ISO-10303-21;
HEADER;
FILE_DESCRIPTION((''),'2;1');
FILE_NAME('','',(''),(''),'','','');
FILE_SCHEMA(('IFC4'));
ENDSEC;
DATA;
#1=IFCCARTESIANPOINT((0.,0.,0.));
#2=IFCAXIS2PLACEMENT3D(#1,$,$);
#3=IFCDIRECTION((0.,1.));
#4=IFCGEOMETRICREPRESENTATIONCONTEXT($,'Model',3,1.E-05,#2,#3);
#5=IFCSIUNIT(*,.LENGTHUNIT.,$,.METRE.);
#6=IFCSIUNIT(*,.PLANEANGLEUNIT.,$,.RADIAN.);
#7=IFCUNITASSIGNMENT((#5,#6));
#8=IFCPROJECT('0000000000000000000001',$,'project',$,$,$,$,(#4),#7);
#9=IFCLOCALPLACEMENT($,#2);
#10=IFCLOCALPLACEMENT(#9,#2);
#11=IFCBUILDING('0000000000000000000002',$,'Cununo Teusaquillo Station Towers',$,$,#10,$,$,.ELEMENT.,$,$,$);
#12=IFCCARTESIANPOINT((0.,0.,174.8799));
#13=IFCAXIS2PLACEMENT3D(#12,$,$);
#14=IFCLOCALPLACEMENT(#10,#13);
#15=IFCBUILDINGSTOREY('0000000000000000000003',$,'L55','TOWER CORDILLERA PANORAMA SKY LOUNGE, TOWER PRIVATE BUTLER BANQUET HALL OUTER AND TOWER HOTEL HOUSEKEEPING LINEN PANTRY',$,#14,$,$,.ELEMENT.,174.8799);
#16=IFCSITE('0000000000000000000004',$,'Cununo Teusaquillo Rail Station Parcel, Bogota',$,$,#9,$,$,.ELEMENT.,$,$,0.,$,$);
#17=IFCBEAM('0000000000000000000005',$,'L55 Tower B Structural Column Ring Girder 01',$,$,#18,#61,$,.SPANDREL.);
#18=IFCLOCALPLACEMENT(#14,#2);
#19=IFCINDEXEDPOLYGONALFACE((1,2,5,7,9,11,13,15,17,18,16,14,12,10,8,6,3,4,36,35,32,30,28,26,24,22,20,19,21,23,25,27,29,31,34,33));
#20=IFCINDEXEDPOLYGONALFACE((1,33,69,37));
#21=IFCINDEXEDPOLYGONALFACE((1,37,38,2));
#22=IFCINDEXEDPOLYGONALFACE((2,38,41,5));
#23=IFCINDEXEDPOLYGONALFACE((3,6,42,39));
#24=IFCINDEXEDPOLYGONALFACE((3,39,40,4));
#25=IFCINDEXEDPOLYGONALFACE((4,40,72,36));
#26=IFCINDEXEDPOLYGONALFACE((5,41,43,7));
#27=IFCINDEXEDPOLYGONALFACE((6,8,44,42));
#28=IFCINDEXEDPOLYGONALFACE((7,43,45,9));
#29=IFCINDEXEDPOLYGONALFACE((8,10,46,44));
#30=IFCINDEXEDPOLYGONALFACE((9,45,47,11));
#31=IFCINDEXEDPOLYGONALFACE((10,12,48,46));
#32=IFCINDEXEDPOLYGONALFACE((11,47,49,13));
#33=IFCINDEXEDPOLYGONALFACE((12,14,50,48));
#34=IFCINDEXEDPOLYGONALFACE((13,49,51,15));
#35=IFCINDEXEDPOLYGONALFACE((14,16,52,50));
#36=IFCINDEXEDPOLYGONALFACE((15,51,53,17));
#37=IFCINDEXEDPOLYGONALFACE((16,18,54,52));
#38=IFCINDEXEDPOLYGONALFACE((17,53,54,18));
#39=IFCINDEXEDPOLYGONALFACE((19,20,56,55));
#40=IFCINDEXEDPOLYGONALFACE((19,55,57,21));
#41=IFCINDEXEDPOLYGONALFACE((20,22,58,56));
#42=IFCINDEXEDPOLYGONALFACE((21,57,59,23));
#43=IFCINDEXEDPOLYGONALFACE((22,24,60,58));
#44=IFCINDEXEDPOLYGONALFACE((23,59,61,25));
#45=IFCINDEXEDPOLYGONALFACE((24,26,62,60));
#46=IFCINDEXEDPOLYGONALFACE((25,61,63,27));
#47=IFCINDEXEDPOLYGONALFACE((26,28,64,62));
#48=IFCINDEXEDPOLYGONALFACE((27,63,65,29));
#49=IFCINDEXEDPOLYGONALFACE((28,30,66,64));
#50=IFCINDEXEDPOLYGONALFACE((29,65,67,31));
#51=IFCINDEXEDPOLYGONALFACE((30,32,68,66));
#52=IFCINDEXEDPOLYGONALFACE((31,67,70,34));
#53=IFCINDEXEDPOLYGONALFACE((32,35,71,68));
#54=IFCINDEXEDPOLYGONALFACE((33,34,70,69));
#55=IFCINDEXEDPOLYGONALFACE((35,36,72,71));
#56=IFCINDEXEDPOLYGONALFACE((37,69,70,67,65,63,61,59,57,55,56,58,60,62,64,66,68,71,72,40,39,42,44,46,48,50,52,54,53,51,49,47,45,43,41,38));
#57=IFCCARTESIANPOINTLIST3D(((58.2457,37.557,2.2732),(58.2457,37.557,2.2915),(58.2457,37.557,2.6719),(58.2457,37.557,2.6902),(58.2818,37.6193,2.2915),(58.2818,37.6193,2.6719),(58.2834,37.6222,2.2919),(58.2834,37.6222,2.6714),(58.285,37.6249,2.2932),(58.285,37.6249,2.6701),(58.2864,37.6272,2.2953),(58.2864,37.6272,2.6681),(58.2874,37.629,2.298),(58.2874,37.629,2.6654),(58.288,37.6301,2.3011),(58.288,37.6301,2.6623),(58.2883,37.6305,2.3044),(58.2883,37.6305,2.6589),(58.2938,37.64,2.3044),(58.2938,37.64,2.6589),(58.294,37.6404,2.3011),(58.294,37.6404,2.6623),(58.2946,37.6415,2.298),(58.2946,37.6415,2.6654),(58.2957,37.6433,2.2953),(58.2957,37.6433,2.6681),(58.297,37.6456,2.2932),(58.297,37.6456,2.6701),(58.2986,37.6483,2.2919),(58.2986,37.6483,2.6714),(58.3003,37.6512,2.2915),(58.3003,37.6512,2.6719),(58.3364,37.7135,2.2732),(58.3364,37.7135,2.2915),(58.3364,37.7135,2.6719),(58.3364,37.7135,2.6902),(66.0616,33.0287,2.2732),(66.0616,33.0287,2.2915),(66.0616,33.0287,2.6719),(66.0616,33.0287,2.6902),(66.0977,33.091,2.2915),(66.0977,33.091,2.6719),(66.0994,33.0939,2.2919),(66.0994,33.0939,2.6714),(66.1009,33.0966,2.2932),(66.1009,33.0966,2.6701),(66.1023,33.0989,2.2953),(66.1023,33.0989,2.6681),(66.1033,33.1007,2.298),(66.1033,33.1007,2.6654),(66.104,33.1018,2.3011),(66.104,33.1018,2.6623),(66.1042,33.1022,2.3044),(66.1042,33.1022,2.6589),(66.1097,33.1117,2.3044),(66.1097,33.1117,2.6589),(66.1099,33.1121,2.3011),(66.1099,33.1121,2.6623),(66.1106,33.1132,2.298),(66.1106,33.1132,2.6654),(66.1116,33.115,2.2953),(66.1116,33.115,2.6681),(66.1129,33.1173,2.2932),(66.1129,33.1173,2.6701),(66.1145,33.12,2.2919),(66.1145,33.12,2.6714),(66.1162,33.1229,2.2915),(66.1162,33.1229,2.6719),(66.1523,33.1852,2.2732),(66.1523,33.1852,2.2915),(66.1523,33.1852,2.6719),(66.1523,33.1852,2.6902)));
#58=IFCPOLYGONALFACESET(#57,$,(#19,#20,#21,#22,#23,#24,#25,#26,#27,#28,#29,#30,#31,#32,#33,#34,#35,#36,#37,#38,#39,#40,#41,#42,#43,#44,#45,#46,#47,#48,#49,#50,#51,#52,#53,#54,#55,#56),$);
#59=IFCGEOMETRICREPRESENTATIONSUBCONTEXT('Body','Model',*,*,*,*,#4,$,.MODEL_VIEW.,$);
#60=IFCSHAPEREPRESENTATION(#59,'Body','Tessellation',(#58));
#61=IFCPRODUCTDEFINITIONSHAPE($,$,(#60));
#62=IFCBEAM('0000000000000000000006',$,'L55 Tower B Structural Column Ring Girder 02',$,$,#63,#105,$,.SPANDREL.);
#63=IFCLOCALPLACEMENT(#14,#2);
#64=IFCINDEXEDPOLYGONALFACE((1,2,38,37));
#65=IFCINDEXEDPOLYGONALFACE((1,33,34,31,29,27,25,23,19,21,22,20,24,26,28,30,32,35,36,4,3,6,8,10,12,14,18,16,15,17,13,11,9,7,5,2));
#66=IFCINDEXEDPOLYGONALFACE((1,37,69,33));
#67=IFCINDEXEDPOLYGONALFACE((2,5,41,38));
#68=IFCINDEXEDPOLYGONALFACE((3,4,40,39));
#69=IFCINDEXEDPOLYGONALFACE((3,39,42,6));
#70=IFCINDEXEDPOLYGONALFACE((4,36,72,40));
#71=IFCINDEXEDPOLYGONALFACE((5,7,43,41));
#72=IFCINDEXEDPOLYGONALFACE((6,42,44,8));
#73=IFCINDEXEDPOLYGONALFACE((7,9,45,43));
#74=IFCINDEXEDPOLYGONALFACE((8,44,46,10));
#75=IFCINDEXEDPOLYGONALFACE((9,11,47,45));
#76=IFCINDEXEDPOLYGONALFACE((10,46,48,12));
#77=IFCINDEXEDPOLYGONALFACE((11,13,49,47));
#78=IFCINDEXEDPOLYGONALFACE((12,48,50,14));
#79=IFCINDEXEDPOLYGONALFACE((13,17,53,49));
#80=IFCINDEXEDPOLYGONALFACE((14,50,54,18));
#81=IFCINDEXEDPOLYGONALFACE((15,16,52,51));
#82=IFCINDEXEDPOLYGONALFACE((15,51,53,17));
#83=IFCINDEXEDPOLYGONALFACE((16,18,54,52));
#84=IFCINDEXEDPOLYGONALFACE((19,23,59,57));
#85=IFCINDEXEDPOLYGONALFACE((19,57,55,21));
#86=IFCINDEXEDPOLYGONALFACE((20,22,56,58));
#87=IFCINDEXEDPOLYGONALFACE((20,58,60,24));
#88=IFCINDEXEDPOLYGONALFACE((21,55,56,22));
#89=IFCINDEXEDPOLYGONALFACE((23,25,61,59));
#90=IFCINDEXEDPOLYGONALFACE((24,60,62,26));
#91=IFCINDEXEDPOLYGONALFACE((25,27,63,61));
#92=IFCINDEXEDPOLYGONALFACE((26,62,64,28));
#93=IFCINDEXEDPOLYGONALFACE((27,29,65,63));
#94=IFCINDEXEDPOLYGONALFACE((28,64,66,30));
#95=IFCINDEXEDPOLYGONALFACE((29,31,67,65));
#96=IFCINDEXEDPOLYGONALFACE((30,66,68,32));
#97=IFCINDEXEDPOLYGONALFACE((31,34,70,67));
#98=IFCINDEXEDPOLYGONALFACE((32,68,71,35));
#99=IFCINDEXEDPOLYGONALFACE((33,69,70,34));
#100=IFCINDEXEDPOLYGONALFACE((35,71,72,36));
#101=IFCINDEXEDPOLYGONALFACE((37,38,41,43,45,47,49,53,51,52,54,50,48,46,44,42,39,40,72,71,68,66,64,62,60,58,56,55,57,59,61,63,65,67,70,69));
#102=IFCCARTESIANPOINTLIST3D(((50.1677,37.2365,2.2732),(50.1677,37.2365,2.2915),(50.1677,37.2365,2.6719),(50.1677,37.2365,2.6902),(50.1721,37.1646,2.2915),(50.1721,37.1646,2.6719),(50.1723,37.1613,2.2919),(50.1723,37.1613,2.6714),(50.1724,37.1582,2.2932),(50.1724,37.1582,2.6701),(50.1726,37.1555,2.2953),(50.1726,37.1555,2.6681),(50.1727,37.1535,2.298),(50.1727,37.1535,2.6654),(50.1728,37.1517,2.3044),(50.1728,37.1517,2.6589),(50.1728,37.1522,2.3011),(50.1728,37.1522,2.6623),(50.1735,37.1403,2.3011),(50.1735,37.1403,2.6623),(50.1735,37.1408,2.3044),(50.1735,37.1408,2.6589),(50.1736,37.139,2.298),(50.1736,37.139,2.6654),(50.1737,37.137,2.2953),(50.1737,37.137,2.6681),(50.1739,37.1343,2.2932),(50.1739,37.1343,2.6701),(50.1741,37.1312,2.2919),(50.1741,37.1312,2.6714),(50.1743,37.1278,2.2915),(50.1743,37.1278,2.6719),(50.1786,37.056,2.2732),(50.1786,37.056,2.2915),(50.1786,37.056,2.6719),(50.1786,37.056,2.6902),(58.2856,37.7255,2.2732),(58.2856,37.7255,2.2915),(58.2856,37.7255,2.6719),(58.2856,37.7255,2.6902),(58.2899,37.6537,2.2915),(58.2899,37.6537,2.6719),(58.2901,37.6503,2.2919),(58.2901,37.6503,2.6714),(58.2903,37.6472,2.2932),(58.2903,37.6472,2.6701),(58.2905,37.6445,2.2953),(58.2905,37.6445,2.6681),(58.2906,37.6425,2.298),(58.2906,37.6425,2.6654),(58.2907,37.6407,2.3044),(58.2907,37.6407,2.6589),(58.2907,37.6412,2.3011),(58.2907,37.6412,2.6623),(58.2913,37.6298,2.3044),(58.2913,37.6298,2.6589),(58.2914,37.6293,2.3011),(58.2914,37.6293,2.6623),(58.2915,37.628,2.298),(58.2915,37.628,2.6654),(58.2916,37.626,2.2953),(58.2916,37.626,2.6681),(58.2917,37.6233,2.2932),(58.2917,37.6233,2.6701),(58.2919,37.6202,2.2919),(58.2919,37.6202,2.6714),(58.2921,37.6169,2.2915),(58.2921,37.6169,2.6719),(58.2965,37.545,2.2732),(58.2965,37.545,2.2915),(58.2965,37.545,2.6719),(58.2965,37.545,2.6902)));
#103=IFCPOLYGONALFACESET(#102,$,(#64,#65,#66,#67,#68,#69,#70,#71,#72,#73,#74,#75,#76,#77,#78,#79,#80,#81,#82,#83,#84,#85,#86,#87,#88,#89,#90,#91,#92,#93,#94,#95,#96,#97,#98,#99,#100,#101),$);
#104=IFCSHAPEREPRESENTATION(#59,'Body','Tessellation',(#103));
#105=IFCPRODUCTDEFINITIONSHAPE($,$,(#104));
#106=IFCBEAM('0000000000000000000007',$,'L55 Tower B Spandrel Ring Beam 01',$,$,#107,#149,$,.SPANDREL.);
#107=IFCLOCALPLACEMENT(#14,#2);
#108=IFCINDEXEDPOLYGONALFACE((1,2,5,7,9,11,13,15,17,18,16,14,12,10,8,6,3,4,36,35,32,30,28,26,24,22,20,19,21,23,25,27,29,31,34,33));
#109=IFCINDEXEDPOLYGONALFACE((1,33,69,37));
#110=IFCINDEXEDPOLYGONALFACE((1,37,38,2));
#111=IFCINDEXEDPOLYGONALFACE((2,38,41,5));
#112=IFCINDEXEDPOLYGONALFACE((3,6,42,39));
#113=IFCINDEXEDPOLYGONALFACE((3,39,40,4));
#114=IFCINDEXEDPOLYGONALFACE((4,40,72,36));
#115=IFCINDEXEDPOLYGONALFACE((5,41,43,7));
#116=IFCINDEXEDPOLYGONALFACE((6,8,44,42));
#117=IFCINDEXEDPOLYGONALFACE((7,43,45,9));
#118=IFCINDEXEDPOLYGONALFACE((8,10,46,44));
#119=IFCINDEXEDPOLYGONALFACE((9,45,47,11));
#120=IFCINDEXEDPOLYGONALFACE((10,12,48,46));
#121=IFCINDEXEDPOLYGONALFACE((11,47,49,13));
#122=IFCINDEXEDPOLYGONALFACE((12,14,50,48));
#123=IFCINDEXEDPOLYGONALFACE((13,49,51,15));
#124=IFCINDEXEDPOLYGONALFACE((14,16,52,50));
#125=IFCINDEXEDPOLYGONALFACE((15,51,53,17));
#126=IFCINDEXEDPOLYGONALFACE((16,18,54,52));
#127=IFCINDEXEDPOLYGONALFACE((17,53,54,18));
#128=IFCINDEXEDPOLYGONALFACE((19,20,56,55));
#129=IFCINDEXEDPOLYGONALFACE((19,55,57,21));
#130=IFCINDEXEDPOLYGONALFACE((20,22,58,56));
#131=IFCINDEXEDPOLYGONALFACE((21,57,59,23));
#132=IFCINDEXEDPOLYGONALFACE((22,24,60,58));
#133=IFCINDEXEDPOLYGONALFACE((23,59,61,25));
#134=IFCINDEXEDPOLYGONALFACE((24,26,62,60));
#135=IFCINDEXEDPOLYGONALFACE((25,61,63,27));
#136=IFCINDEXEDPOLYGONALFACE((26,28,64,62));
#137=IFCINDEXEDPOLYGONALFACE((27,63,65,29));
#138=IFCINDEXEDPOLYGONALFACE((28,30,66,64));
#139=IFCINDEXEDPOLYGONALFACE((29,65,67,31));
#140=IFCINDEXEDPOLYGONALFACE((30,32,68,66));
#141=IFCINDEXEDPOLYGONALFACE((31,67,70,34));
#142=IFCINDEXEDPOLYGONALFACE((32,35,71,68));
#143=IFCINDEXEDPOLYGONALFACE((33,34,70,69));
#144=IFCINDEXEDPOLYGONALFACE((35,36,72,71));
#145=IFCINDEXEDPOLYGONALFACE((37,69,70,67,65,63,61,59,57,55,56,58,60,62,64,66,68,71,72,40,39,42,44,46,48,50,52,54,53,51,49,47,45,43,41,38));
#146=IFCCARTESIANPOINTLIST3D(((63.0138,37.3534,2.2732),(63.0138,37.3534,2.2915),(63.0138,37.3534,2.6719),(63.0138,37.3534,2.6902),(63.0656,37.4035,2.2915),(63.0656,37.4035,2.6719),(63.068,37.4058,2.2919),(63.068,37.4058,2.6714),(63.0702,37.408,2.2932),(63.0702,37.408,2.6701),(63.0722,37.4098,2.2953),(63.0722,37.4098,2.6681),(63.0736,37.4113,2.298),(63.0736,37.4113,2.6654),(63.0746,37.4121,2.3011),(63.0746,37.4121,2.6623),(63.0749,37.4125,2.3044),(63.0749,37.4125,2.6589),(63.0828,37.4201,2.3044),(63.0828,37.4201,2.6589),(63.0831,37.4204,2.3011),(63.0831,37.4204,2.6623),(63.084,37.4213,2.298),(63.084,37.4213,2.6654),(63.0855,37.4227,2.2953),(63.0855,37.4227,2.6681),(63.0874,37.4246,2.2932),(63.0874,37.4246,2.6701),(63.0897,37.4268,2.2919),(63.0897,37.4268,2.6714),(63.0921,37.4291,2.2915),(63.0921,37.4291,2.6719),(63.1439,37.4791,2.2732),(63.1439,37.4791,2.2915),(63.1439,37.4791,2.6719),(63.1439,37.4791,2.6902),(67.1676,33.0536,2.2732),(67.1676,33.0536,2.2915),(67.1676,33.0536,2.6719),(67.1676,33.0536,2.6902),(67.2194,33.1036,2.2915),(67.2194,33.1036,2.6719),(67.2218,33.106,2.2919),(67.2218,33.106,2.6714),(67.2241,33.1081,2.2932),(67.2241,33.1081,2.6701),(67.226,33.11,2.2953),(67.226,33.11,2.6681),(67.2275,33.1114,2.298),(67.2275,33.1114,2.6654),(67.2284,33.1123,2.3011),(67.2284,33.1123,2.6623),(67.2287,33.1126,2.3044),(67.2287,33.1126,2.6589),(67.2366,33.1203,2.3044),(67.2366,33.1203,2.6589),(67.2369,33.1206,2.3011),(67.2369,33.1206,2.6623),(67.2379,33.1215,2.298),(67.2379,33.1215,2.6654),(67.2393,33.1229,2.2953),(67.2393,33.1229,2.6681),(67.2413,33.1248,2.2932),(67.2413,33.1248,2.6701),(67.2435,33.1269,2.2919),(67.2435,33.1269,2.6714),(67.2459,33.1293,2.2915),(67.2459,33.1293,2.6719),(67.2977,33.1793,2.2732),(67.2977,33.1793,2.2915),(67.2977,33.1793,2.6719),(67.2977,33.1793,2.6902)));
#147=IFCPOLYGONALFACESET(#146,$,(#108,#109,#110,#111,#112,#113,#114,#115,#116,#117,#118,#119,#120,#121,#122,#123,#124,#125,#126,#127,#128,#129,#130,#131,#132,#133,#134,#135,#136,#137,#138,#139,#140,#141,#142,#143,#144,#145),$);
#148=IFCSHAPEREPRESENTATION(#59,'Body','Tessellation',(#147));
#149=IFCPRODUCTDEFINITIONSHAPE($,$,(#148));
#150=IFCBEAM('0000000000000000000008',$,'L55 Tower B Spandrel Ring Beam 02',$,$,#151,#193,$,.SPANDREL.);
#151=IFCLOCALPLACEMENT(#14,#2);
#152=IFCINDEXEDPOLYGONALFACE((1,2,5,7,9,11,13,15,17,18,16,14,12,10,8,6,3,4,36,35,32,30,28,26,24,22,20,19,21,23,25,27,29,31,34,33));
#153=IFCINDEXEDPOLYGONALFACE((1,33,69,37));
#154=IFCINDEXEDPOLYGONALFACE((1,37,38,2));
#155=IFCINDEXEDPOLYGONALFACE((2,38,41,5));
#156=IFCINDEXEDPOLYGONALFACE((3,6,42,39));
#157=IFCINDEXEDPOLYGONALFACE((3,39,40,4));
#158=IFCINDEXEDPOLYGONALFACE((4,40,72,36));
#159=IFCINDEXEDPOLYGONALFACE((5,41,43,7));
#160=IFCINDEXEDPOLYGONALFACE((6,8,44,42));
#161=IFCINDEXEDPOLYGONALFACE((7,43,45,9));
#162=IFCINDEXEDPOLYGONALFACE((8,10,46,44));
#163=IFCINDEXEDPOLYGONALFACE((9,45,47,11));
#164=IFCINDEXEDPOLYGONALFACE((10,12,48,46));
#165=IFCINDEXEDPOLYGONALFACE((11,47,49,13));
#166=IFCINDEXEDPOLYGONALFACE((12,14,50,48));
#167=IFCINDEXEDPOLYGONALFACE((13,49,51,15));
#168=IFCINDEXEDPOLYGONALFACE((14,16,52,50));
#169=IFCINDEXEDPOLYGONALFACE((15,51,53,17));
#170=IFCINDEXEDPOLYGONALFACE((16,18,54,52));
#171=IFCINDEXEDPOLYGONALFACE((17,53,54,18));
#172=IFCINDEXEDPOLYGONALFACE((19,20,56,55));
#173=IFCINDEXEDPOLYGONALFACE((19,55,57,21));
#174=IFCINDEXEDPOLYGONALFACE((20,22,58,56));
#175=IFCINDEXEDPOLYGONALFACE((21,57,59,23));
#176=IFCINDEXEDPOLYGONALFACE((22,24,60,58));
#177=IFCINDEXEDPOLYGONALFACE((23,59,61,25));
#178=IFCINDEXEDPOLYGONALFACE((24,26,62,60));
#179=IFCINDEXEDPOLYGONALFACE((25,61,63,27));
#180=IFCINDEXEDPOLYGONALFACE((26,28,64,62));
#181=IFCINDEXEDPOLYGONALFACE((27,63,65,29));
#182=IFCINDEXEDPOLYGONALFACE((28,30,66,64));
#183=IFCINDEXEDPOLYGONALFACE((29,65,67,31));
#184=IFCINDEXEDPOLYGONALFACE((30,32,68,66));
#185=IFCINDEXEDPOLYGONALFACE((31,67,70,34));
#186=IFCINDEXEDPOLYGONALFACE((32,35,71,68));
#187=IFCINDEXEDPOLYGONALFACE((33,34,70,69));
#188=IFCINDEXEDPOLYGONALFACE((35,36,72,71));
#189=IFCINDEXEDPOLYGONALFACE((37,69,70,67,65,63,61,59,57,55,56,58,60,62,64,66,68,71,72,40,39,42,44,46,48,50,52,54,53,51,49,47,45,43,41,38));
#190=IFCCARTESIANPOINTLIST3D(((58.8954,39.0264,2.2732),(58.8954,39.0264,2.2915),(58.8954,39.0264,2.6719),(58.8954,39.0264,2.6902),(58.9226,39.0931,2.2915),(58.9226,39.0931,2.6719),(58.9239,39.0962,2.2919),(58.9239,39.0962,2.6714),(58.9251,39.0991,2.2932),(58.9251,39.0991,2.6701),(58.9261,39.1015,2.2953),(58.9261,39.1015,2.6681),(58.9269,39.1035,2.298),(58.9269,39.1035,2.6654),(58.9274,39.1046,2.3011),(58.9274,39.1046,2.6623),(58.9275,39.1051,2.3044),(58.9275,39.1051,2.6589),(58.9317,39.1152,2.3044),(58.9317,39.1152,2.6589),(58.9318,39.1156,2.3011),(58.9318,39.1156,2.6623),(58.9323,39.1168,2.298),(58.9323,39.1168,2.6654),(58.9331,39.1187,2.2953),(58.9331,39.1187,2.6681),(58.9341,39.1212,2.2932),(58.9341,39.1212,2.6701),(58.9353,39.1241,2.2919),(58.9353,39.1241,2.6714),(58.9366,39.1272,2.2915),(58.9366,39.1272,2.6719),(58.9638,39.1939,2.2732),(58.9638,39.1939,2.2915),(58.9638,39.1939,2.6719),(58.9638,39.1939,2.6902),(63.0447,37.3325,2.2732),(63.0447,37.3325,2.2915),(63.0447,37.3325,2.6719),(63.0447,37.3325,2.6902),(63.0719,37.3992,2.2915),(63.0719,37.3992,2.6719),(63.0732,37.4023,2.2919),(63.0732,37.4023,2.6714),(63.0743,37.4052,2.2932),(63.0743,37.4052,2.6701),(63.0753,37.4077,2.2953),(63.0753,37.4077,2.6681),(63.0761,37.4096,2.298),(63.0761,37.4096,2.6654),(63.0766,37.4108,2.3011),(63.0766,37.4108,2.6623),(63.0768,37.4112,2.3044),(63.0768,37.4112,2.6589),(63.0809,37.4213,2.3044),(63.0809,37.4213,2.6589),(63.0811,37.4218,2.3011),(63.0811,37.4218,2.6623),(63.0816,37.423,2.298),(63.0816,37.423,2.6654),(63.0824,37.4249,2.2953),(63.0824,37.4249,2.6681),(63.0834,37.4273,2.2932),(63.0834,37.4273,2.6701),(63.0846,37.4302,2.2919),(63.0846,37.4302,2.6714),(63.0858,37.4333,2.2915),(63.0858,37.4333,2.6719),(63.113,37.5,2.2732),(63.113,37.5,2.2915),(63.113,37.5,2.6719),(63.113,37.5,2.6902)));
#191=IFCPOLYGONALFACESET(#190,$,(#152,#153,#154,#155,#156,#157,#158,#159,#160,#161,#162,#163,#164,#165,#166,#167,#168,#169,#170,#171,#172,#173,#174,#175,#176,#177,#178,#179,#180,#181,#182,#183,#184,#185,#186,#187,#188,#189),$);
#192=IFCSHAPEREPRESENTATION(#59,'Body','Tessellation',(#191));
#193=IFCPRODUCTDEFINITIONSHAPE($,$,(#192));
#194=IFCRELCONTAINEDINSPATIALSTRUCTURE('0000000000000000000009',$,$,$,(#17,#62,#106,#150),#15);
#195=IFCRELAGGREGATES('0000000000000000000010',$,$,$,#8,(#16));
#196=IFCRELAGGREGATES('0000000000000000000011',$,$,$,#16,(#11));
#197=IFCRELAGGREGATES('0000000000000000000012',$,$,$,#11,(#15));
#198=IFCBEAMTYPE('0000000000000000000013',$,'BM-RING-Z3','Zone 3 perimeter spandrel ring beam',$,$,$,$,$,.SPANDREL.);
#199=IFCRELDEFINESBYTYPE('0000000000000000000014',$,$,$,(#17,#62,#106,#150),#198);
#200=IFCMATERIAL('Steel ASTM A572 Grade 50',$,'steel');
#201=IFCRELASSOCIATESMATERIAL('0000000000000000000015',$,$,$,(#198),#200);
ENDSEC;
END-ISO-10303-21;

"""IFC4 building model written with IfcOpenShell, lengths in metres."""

from ifc_helpers import new_model, si_unit, direction, frame, origin, origin_2d, place, context, subcontext, project, spatial, i_section, extrude, material, material_profile, profile_set, type_object, element, save


model = new_model("IFC4")

# Units and contexts
model_context = context("Model", 3, precision=1e-05, world=origin(), true_north=direction((0.0, 1.0)))
body_context = subcontext(model_context, "Body", "Model", "MODEL_VIEW")
ifc_project = project(units=[si_unit("LENGTHUNIT", "METRE"), si_unit("PLANEANGLEUNIT", "RADIAN")], contexts=[model_context])

# Site, building, storey
site_placement = place(None, origin())
site = spatial("IfcSite", under=ifc_project, at=site_placement, Name="Cununo Teusaquillo Rail Station Parcel, Bogota", CompositionType="ELEMENT", RefElevation=0.0)
building_placement = place(site_placement, origin())
building = spatial("IfcBuilding", under=site, at=building_placement, Name="Cununo Teusaquillo Station Towers", CompositionType="ELEMENT")
storey_placement = place(building_placement, frame((0.0, 0.0, 174.8799)))
storey = spatial("IfcBuildingStorey", under=building, at=storey_placement, Name="L55", Description="TOWER CORDILLERA PANORAMA SKY LOUNGE, TOWER PRIVATE BUTLER BANQUET HALL OUTER AND TOWER HOTEL HOUSEKEEPING LINEN PANTRY", CompositionType="ELEMENT", Elevation=174.8799)

# Beams
ifc_material_1 = material(Name="Steel ASTM A572 Grade 50", Category="steel")
ifc_material_profile_1 = material_profile(ifc_material_1, i_section(OverallWidth=0.1809, OverallDepth=0.417, WebThickness=0.011, FlangeThickness=0.0183, FilletRadius=0.0129, at=origin_2d()), Name="W16X57")
ifc_profile_set_1 = profile_set([ifc_material_profile_1], Name="Steel ASTM A572 Grade 50")
beam_type_1 = type_object("IfcBeamType", Name="BM-RING-Z3", Description="Zone 3 perimeter spandrel ring beam", PredefinedType="SPANDREL", material=ifc_profile_set_1)
beam_1_placement = place(storey_placement, frame((66.1069, 33.1069, 2.4817), z_axis=(-0.865267, 0.501311, 0.0), x_axis=(-0.501311, -0.865267, 0.0)))
element("IfcBeam", 1, at=beam_1_placement, inside=storey, type_object=beam_type_1, Name="L55 Tower B Structural Column Ring Girder 01", PredefinedType="SPANDREL", context=body_context, shape_type="SweptSolid", body=[
    extrude(i_section(OverallWidth=0.1809, OverallDepth=0.417, WebThickness=0.011, FlangeThickness=0.0183, FilletRadius=0.0129, at=origin_2d()), origin(), (0.0, 0.0, 1.0), 9.033),
])
beam_2_placement = place(storey_placement, frame((58.291, 37.6353, 2.4817), z_axis=(-0.998191, -0.06013, 0.0), x_axis=(0.06013, -0.998191, 0.0)))
element("IfcBeam", 2, at=beam_2_placement, inside=storey, type_object=beam_type_1, Name="L55 Tower B Structural Column Ring Girder 02", PredefinedType="SPANDREL", context=body_context, shape_type="SweptSolid", body=[
    extrude(i_section(OverallWidth=0.1809, OverallDepth=0.417, WebThickness=0.011, FlangeThickness=0.0183, FilletRadius=0.0129, at=origin_2d()), origin(), (0.0, 0.0, 1.0), 8.1326),
])
beam_3_placement = place(storey_placement, frame((67.2327, 33.1165, 2.4817), z_axis=(-0.694791, 0.719211, 0.0), x_axis=(-0.719211, -0.694791, 0.0)))
element("IfcBeam", 3, at=beam_3_placement, inside=storey, type_object=beam_type_1, Name="L55 Tower B Spandrel Ring Beam 01", PredefinedType="SPANDREL", context=body_context, shape_type="SweptSolid", body=[
    extrude(i_section(OverallWidth=0.1809, OverallDepth=0.417, WebThickness=0.011, FlangeThickness=0.0183, FilletRadius=0.0129, at=origin_2d()), origin(), (0.0, 0.0, 1.0), 5.9785),
])
beam_4_placement = place(storey_placement, frame((63.0789, 37.4163, 2.4817), z_axis=(-0.925824, 0.377956, 0.0), x_axis=(-0.377956, -0.925824, 0.0)))
element("IfcBeam", 4, at=beam_4_placement, inside=storey, type_object=beam_type_1, Name="L55 Tower B Spandrel Ring Beam 02", PredefinedType="SPANDREL", context=body_context, shape_type="SweptSolid", body=[
    extrude(i_section(OverallWidth=0.1809, OverallDepth=0.417, WebThickness=0.011, FlangeThickness=0.0183, FilletRadius=0.0129, at=origin_2d()), origin(), (0.0, 0.0, 1.0), 4.4817),
])

save(model, "model.ifc")
